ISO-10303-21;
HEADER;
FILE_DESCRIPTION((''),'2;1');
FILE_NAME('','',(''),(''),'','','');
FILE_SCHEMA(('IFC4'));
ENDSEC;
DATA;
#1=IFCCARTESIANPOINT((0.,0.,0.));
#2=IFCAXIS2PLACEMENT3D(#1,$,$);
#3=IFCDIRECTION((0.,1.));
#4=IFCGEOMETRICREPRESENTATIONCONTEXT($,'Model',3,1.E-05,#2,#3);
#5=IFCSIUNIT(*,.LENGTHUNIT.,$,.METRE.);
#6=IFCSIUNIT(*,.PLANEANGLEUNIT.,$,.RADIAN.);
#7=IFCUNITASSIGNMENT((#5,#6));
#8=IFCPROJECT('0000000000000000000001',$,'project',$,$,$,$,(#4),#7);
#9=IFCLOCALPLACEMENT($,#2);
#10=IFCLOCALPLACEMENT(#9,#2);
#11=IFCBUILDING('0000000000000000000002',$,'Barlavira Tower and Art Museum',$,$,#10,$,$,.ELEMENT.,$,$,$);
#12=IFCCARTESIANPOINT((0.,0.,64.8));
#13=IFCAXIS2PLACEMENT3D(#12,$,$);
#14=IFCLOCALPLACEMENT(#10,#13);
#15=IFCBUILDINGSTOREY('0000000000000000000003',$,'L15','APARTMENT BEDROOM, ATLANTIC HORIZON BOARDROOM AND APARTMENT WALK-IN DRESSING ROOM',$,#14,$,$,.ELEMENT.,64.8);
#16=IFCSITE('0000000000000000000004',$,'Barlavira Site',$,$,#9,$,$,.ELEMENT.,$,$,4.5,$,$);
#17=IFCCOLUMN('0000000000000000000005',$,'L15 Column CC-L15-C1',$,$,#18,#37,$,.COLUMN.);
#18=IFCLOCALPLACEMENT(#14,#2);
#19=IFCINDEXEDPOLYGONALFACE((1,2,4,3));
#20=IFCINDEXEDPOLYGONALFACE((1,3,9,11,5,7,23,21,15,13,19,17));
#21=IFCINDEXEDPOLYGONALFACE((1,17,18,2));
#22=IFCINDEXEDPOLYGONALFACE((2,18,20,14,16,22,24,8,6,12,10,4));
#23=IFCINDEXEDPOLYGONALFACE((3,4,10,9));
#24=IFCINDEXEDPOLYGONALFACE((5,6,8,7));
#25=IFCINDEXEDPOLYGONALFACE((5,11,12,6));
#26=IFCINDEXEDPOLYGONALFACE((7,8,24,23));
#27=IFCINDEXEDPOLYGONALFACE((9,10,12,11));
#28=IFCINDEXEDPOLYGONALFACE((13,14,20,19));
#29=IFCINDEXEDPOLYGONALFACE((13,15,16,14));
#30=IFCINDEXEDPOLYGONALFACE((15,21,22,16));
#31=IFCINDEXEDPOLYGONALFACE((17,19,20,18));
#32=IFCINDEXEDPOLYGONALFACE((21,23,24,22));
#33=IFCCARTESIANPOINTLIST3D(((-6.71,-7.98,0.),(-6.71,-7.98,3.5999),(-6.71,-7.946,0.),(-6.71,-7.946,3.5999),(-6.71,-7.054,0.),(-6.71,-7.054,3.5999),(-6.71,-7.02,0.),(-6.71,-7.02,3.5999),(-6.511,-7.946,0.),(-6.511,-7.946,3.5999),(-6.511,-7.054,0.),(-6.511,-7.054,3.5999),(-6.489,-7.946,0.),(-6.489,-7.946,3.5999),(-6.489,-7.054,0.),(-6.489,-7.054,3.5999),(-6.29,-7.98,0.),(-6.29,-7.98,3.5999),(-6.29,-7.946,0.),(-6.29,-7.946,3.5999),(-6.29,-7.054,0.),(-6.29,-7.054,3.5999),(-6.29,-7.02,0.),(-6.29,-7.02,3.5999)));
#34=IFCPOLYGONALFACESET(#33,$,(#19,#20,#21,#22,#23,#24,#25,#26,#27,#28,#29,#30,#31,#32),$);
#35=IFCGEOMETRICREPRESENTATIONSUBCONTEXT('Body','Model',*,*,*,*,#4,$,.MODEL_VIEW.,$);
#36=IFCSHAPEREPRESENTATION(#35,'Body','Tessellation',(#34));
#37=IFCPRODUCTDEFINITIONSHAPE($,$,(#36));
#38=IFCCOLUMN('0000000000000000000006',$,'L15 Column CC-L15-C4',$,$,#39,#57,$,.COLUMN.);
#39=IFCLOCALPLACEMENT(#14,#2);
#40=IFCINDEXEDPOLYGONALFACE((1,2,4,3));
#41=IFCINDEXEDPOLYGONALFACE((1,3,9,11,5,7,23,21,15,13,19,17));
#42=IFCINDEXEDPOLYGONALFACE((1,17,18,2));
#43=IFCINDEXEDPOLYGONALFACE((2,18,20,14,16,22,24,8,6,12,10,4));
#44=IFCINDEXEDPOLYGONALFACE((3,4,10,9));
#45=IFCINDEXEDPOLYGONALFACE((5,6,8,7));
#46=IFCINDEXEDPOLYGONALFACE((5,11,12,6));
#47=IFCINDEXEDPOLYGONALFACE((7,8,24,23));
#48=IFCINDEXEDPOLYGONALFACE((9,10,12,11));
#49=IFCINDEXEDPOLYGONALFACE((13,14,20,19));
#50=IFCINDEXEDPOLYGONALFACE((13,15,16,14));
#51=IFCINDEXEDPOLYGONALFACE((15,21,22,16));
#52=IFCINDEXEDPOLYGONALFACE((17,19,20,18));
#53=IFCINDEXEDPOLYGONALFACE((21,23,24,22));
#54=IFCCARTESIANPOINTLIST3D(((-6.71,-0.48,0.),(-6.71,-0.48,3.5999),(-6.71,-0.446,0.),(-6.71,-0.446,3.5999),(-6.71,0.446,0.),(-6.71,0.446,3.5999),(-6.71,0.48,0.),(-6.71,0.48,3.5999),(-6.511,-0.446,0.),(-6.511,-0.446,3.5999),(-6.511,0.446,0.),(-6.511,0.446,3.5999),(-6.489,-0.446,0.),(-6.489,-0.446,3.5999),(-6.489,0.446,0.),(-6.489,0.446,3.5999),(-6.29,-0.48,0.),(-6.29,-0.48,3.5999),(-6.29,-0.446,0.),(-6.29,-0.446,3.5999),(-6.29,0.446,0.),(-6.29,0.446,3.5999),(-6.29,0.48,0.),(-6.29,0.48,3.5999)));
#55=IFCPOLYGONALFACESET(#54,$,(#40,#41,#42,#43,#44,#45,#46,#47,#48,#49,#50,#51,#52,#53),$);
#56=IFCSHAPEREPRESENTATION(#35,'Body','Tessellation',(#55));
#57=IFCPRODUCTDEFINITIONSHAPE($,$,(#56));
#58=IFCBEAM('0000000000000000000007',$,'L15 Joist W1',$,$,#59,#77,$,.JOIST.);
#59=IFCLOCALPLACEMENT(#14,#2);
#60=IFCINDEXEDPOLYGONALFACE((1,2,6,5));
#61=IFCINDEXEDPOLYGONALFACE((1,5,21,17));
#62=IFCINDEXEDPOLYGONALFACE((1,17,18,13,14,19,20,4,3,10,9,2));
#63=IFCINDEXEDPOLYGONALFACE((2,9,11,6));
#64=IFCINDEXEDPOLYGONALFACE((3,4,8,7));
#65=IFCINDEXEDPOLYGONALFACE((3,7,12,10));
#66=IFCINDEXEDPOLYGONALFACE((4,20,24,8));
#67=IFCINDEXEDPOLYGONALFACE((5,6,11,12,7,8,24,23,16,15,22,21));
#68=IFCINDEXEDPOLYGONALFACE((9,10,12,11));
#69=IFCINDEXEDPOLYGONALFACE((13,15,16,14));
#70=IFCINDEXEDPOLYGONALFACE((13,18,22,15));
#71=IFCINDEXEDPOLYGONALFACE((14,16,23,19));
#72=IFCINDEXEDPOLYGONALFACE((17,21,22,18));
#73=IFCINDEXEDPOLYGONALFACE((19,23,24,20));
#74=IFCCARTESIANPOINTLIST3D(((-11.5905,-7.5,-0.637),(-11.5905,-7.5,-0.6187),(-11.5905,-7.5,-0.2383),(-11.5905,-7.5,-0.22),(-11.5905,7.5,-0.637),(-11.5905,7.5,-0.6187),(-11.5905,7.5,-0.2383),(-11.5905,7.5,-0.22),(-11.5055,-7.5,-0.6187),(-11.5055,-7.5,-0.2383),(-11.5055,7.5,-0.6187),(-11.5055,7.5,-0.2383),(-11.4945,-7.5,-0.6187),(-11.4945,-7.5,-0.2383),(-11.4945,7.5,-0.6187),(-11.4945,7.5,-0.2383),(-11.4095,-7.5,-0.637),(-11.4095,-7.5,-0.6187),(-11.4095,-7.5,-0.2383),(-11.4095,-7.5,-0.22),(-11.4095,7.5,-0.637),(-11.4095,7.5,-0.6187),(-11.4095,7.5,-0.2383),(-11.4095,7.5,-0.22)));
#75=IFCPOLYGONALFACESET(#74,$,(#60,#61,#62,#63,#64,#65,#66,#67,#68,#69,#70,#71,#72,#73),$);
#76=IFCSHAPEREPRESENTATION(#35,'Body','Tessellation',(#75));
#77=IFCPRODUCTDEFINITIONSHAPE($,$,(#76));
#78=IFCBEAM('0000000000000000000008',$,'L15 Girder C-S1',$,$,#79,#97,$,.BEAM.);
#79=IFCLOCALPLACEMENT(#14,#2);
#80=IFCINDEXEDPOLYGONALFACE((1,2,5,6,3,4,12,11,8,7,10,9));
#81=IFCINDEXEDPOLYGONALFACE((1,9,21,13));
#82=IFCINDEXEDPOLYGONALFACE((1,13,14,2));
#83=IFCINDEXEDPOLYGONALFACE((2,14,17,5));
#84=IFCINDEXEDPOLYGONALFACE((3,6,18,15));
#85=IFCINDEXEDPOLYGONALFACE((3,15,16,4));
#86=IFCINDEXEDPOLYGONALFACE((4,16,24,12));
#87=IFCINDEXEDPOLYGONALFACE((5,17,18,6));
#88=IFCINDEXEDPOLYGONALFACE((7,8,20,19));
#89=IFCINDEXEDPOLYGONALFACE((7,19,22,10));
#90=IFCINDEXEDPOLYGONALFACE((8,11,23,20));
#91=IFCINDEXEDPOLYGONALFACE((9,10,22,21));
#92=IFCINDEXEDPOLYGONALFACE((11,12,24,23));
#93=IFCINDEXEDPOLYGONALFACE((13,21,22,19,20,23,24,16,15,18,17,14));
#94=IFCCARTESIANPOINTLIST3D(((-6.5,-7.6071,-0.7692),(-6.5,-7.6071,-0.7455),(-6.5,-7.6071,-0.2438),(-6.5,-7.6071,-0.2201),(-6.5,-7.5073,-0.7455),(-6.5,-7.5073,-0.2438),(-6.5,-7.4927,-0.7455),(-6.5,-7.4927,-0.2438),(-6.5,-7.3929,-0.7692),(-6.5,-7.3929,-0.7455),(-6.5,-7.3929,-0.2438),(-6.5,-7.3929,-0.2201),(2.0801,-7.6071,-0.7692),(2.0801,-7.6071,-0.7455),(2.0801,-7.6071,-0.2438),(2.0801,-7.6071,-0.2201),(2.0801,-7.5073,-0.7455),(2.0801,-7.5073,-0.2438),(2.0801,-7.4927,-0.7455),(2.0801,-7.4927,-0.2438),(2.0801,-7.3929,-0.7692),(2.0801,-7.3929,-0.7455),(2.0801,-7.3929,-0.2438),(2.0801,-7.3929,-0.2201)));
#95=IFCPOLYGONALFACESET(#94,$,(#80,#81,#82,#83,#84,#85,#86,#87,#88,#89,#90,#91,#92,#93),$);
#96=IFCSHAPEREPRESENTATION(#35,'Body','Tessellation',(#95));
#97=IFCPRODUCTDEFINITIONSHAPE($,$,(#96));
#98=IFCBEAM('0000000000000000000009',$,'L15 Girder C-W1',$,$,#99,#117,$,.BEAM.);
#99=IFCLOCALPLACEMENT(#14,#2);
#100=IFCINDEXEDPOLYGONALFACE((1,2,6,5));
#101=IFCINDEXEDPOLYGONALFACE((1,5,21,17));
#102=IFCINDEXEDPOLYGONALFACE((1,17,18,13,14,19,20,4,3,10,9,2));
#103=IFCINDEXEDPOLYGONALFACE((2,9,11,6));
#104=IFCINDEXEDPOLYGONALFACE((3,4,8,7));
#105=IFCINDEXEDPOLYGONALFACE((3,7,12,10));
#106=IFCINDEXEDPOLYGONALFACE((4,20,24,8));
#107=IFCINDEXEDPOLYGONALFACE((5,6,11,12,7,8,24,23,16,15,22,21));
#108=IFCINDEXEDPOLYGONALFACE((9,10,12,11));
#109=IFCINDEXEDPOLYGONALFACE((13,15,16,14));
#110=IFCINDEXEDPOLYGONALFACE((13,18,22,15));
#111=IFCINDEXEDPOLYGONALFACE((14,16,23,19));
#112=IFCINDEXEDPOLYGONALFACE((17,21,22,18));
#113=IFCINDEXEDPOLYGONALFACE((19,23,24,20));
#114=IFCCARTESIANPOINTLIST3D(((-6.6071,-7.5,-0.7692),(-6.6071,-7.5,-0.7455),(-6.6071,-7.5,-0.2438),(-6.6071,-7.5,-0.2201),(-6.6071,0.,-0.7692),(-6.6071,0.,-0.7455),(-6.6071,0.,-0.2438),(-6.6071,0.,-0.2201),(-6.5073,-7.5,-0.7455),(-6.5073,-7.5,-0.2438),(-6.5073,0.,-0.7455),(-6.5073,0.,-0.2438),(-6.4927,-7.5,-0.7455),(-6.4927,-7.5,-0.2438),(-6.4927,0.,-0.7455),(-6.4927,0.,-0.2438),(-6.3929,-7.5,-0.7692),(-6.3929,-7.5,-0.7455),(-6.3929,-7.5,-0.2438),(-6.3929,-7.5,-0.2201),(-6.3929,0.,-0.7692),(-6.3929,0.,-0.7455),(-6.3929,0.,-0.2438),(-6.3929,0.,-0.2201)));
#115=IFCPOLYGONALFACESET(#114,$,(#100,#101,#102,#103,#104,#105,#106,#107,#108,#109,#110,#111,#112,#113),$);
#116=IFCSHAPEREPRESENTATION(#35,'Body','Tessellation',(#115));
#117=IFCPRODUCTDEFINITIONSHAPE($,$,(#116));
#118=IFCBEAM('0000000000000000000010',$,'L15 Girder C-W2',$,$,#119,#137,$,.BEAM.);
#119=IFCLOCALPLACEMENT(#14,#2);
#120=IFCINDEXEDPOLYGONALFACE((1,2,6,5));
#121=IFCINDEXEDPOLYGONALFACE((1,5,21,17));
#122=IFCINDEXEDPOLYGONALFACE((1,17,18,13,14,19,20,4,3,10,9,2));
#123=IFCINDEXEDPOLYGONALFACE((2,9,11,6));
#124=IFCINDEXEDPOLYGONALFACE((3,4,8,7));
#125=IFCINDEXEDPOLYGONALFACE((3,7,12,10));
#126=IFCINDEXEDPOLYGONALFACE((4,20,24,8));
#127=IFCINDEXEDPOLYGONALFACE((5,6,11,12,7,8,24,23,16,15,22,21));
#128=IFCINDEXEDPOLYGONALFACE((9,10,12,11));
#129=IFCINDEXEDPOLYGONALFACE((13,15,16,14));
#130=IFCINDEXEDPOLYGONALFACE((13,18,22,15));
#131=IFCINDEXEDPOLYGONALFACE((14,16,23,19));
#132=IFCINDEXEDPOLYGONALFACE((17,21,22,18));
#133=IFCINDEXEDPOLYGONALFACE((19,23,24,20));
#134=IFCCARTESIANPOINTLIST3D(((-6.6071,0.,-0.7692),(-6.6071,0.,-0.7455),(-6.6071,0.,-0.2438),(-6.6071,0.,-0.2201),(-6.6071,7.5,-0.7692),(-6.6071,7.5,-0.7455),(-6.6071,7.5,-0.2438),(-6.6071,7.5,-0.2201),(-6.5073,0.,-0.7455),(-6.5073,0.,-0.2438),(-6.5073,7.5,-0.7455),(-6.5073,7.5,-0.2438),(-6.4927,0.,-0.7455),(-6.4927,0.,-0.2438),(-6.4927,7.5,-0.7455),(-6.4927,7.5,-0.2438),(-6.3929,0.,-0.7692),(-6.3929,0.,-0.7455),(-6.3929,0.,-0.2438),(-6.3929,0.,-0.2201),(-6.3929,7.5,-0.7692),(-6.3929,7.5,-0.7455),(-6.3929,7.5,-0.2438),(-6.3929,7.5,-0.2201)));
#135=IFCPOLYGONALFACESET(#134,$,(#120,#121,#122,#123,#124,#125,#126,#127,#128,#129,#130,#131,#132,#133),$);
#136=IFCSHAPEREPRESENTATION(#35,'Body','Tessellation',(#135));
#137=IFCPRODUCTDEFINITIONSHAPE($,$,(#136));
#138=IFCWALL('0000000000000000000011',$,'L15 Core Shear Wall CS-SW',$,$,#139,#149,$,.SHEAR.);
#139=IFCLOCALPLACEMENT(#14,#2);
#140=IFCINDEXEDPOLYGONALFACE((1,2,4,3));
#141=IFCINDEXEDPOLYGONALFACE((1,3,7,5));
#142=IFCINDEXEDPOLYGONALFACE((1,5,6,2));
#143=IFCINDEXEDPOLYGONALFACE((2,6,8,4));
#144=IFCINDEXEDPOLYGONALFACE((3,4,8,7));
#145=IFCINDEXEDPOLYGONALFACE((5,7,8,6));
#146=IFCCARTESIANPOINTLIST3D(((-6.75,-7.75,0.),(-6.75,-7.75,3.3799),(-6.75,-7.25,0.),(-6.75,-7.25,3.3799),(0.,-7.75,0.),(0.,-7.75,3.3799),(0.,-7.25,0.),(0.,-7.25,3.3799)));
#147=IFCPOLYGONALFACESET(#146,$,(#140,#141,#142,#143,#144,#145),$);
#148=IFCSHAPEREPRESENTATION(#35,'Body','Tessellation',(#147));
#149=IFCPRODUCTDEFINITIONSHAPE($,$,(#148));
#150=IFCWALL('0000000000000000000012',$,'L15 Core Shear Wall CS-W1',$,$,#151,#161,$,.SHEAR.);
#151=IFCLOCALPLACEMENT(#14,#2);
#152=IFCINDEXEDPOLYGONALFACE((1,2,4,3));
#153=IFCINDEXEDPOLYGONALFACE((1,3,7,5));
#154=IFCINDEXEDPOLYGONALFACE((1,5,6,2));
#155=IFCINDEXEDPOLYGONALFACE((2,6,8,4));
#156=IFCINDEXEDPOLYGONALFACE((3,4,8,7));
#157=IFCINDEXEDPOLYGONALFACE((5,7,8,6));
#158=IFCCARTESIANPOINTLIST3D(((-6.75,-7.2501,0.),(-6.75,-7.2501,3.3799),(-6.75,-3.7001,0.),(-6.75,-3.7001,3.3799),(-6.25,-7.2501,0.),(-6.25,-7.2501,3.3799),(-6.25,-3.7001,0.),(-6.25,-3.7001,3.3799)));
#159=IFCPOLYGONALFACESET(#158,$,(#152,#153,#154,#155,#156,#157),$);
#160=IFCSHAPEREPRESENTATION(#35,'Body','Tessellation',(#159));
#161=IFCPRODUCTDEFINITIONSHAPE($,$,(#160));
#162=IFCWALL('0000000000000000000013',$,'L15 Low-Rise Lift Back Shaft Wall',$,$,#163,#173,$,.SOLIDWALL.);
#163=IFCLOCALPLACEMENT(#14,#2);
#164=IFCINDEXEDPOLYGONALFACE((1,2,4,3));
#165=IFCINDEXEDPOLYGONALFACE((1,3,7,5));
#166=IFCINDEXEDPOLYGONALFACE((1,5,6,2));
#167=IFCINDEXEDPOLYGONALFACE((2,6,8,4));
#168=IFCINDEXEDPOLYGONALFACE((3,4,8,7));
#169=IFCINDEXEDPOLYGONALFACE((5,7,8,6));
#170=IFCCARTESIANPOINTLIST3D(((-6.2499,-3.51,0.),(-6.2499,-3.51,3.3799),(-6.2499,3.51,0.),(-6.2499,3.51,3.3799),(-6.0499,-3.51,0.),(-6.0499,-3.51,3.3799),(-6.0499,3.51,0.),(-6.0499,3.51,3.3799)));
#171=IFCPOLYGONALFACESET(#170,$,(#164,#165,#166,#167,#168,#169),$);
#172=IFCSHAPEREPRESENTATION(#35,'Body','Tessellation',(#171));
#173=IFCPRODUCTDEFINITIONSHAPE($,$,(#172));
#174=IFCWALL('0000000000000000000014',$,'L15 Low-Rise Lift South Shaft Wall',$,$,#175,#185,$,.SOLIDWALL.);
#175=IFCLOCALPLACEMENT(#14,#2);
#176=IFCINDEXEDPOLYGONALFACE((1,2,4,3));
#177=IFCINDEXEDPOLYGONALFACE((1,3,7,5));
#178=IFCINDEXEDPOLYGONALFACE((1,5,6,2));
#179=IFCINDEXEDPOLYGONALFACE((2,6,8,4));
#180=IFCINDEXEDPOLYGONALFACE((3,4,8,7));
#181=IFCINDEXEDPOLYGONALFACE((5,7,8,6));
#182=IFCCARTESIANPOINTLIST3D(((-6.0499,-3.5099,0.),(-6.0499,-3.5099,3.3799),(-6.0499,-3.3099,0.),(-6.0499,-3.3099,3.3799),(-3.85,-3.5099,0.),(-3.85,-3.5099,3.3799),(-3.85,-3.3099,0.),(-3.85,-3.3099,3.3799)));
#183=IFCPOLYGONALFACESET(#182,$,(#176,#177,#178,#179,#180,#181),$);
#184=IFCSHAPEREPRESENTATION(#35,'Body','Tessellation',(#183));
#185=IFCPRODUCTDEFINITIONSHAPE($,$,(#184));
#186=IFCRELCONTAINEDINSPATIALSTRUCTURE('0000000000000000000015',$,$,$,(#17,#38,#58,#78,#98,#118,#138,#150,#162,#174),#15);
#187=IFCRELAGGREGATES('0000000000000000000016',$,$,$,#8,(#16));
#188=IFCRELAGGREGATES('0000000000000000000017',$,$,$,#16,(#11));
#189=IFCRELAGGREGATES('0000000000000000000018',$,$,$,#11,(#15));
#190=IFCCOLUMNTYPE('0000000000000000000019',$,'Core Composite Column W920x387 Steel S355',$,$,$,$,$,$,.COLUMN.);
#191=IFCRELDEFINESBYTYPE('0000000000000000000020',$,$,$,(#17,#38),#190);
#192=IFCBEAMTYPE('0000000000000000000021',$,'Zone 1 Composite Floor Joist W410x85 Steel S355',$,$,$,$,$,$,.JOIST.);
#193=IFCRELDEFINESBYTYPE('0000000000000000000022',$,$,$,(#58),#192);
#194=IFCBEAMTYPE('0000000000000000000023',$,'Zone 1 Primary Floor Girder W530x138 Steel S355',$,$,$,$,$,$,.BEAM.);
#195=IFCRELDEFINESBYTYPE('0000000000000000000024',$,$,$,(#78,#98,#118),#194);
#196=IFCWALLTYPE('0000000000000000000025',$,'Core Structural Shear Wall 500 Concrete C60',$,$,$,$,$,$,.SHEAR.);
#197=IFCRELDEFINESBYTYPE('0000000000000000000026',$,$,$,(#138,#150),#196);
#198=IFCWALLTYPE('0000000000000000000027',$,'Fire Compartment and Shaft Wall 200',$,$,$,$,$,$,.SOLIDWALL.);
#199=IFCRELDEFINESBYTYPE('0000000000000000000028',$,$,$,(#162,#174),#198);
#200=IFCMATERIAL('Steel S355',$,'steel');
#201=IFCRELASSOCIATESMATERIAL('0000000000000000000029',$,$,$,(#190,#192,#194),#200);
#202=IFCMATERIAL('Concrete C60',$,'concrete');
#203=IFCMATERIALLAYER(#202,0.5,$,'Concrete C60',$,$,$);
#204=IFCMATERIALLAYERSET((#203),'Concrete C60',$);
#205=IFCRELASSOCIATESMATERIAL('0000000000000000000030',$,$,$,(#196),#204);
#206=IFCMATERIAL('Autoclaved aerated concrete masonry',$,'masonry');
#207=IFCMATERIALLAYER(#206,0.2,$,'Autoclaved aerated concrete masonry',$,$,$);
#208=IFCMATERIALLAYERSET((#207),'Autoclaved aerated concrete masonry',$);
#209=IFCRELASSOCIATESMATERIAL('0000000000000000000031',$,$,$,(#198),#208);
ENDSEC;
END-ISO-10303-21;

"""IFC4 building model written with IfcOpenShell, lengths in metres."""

from ifc_helpers import new_model, si_unit, direction, frame, frame_2d, origin, origin_2d, place, context, subcontext, project, spatial, rectangle, i_section, extrude, material, layer, layer_set, material_profile, profile_set, type_object, element, save


model = new_model("IFC4")

# Units and contexts
model_context = context("Model", 3, precision=1e-05, world=origin(), true_north=direction((0.0, 1.0)))
body_context = subcontext(model_context, "Body", "Model", "MODEL_VIEW")
ifc_project = project(units=[si_unit("LENGTHUNIT", "METRE"), si_unit("PLANEANGLEUNIT", "RADIAN")], contexts=[model_context])

# Site, building, storey
site_placement = place(None, origin())
site = spatial("IfcSite", under=ifc_project, at=site_placement, Name="Barlavira Site", CompositionType="ELEMENT", RefElevation=4.5)
building_placement = place(site_placement, origin())
building = spatial("IfcBuilding", under=site, at=building_placement, Name="Barlavira Tower and Art Museum", CompositionType="ELEMENT")
storey_placement = place(building_placement, frame((0.0, 0.0, 64.8)))
storey = spatial("IfcBuildingStorey", under=building, at=storey_placement, Name="L15", Description="APARTMENT BEDROOM, ATLANTIC HORIZON BOARDROOM AND APARTMENT WALK-IN DRESSING ROOM", CompositionType="ELEMENT", Elevation=64.8)

# Columns
ifc_material_1 = material(Name="Steel S355", Category="steel")
ifc_material_profile_1 = material_profile(ifc_material_1, i_section(OverallWidth=0.4199, OverallDepth=0.96, WebThickness=0.022, FlangeThickness=0.0339, at=origin_2d()), Name="W920x387.0")
ifc_profile_set_1 = profile_set([ifc_material_profile_1], Name="Steel S355")
column_type = type_object("IfcColumnType", Name="Core Composite Column W920x387 Steel S355", PredefinedType="COLUMN", material=ifc_profile_set_1)
for number, where, z_axis, x_axis, name in (
    (1, (-6.5, -7.5, 0.0), (0.0, 0.0, 1.0), (1.0, 0.0, 0.0), "L15 Column CC-L15-C1"),
    (2, (-6.5, 0.0, 0.0), (0.0, 0.0, 1.0), (1.0, 0.0, 0.0), "L15 Column CC-L15-C4"),
):
    element("IfcColumn", number, at=place(storey_placement, frame(where, z_axis=z_axis, x_axis=x_axis)), inside=storey, type_object=column_type, Name=name, PredefinedType="COLUMN", context=body_context, shape_type="SweptSolid", body=[
        extrude(i_section(OverallWidth=0.4199, OverallDepth=0.96, WebThickness=0.022, FlangeThickness=0.0339, at=origin_2d()), origin(), (0.0, 0.0, 1.0), 3.5999),
    ])

# Beams
ifc_material_profile_2 = material_profile(ifc_material_1, i_section(OverallWidth=0.1809, OverallDepth=0.417, WebThickness=0.011, FlangeThickness=0.0183, at=origin_2d()), Name="W410x85.0")
ifc_profile_set_2 = profile_set([ifc_material_profile_2], Name="Steel S355")
beam_type_1 = type_object("IfcBeamType", Name="Zone 1 Composite Floor Joist W410x85 Steel S355", PredefinedType="JOIST", material=ifc_profile_set_2)
beam_1_placement = place(storey_placement, frame((-11.5, -7.5, -0.4285), z_axis=(0.0, 1.0, 0.0), x_axis=(-1.0, 0.0, 0.0)))
element("IfcBeam", 3, at=beam_1_placement, inside=storey, type_object=beam_type_1, Name="L15 Joist W1", PredefinedType="JOIST", context=body_context, shape_type="SweptSolid", body=[
    extrude(i_section(OverallWidth=0.1809, OverallDepth=0.417, WebThickness=0.011, FlangeThickness=0.0183, at=origin_2d()), origin(), (0.0, 0.0, 1.0), 15.0),
])
ifc_material_profile_3 = material_profile(ifc_material_1, i_section(OverallWidth=0.2141, OverallDepth=0.5491, WebThickness=0.0146, FlangeThickness=0.0237, at=origin_2d()), Name="W530x138.0")
ifc_profile_set_3 = profile_set([ifc_material_profile_3], Name="Steel S355")
beam_type_2 = type_object("IfcBeamType", Name="Zone 1 Primary Floor Girder W530x138 Steel S355", PredefinedType="BEAM", material=ifc_profile_set_3)
beam_2_placement = place(storey_placement, frame((-6.5, -7.5, -0.4946), z_axis=(1.0, 0.0, 0.0), x_axis=(0.0, 1.0, 0.0)))
element("IfcBeam", 4, at=beam_2_placement, inside=storey, type_object=beam_type_2, Name="L15 Girder C-S1", PredefinedType="BEAM", context=body_context, shape_type="SweptSolid", body=[
    extrude(i_section(OverallWidth=0.2141, OverallDepth=0.5491, WebThickness=0.0146, FlangeThickness=0.0237, at=origin_2d()), origin(), (0.0, 0.0, 1.0), 8.5801),
])
for number, where, z_axis, x_axis, name in (
    (5, (-6.5, -7.5, -0.4946), (0.0, 1.0, 0.0), (-1.0, 0.0, 0.0), "L15 Girder C-W1"),
    (6, (-6.5, 0.0, -0.4946), (0.0, 1.0, 0.0), (-1.0, 0.0, 0.0), "L15 Girder C-W2"),
):
    element("IfcBeam", number, at=place(storey_placement, frame(where, z_axis=z_axis, x_axis=x_axis)), inside=storey, type_object=beam_type_2, Name=name, PredefinedType="BEAM", context=body_context, shape_type="SweptSolid", body=[
        extrude(i_section(OverallWidth=0.2141, OverallDepth=0.5491, WebThickness=0.0146, FlangeThickness=0.0237, at=origin_2d()), origin(), (0.0, 0.0, 1.0), 7.5),
    ])

# Walls
ifc_material_2 = material(Name="Concrete C60", Category="concrete")
ifc_layer_1 = layer(ifc_material_2, 0.5, Name="Concrete C60")
ifc_layer_set_1 = layer_set([ifc_layer_1], Name="Concrete C60")
wall_type_1 = type_object("IfcWallType", Name="Core Structural Shear Wall 500 Concrete C60", PredefinedType="SHEAR", material=ifc_layer_set_1)
wall_1_placement = place(storey_placement, frame((-6.75, -7.5, 0.0), z_axis=(0.0, 0.0, 1.0), x_axis=(1.0, 0.0, 0.0)))
element("IfcWall", 7, at=wall_1_placement, inside=storey, type_object=wall_type_1, Name="L15 Core Shear Wall CS-SW", PredefinedType="SHEAR", context=body_context, shape_type="SweptSolid", body=[
    extrude(rectangle(XDim=6.75, YDim=0.5, at=frame_2d((3.375, 0.0))), origin(), (0.0, 0.0, 1.0), 3.3799),
])
wall_2_placement = place(storey_placement, frame((-6.5, -7.25, 0.0), z_axis=(0.0, 0.0, 1.0), x_axis=(0.0, 1.0, 0.0)))
element("IfcWall", 8, at=wall_2_placement, inside=storey, type_object=wall_type_1, Name="L15 Core Shear Wall CS-W1", PredefinedType="SHEAR", context=body_context, shape_type="SweptSolid", body=[
    extrude(rectangle(XDim=3.55, YDim=0.5, at=frame_2d((1.7749, 0.0))), origin(), (0.0, 0.0, 1.0), 3.3799),
])

# Shared definitions
ifc_material_3 = material(Name="Autoclaved aerated concrete masonry", Category="masonry")
ifc_layer_2 = layer(ifc_material_3, 0.2, Name="Autoclaved aerated concrete masonry")
ifc_layer_set_2 = layer_set([ifc_layer_2], Name="Autoclaved aerated concrete masonry")
wall_type_2 = type_object("IfcWallType", Name="Fire Compartment and Shaft Wall 200", PredefinedType="SOLIDWALL", material=ifc_layer_set_2)

# Walls
wall_3_placement = place(storey_placement, frame((-6.1499, -3.51, 0.0), z_axis=(0.0, 0.0, 1.0), x_axis=(0.0, 1.0, 0.0)))
element("IfcWall", 9, at=wall_3_placement, inside=storey, type_object=wall_type_2, Name="L15 Low-Rise Lift Back Shaft Wall", PredefinedType="SOLIDWALL", context=body_context, shape_type="SweptSolid", body=[
    extrude(rectangle(XDim=7.02, YDim=0.2, at=frame_2d((3.51, 0.0))), origin(), (0.0, 0.0, 1.0), 3.3799),
])
wall_4_placement = place(storey_placement, frame((-6.05, -3.4099, 0.0), z_axis=(0.0, 0.0, 1.0), x_axis=(1.0, 0.0, 0.0)))
element("IfcWall", 10, at=wall_4_placement, inside=storey, type_object=wall_type_2, Name="L15 Low-Rise Lift South Shaft Wall", PredefinedType="SOLIDWALL", context=body_context, shape_type="SweptSolid", body=[
    extrude(rectangle(XDim=2.2, YDim=0.2, at=frame_2d((1.1001, 0.0))), origin(), (0.0, 0.0, 1.0), 3.3799),
])

save(model, "model.ifc")
